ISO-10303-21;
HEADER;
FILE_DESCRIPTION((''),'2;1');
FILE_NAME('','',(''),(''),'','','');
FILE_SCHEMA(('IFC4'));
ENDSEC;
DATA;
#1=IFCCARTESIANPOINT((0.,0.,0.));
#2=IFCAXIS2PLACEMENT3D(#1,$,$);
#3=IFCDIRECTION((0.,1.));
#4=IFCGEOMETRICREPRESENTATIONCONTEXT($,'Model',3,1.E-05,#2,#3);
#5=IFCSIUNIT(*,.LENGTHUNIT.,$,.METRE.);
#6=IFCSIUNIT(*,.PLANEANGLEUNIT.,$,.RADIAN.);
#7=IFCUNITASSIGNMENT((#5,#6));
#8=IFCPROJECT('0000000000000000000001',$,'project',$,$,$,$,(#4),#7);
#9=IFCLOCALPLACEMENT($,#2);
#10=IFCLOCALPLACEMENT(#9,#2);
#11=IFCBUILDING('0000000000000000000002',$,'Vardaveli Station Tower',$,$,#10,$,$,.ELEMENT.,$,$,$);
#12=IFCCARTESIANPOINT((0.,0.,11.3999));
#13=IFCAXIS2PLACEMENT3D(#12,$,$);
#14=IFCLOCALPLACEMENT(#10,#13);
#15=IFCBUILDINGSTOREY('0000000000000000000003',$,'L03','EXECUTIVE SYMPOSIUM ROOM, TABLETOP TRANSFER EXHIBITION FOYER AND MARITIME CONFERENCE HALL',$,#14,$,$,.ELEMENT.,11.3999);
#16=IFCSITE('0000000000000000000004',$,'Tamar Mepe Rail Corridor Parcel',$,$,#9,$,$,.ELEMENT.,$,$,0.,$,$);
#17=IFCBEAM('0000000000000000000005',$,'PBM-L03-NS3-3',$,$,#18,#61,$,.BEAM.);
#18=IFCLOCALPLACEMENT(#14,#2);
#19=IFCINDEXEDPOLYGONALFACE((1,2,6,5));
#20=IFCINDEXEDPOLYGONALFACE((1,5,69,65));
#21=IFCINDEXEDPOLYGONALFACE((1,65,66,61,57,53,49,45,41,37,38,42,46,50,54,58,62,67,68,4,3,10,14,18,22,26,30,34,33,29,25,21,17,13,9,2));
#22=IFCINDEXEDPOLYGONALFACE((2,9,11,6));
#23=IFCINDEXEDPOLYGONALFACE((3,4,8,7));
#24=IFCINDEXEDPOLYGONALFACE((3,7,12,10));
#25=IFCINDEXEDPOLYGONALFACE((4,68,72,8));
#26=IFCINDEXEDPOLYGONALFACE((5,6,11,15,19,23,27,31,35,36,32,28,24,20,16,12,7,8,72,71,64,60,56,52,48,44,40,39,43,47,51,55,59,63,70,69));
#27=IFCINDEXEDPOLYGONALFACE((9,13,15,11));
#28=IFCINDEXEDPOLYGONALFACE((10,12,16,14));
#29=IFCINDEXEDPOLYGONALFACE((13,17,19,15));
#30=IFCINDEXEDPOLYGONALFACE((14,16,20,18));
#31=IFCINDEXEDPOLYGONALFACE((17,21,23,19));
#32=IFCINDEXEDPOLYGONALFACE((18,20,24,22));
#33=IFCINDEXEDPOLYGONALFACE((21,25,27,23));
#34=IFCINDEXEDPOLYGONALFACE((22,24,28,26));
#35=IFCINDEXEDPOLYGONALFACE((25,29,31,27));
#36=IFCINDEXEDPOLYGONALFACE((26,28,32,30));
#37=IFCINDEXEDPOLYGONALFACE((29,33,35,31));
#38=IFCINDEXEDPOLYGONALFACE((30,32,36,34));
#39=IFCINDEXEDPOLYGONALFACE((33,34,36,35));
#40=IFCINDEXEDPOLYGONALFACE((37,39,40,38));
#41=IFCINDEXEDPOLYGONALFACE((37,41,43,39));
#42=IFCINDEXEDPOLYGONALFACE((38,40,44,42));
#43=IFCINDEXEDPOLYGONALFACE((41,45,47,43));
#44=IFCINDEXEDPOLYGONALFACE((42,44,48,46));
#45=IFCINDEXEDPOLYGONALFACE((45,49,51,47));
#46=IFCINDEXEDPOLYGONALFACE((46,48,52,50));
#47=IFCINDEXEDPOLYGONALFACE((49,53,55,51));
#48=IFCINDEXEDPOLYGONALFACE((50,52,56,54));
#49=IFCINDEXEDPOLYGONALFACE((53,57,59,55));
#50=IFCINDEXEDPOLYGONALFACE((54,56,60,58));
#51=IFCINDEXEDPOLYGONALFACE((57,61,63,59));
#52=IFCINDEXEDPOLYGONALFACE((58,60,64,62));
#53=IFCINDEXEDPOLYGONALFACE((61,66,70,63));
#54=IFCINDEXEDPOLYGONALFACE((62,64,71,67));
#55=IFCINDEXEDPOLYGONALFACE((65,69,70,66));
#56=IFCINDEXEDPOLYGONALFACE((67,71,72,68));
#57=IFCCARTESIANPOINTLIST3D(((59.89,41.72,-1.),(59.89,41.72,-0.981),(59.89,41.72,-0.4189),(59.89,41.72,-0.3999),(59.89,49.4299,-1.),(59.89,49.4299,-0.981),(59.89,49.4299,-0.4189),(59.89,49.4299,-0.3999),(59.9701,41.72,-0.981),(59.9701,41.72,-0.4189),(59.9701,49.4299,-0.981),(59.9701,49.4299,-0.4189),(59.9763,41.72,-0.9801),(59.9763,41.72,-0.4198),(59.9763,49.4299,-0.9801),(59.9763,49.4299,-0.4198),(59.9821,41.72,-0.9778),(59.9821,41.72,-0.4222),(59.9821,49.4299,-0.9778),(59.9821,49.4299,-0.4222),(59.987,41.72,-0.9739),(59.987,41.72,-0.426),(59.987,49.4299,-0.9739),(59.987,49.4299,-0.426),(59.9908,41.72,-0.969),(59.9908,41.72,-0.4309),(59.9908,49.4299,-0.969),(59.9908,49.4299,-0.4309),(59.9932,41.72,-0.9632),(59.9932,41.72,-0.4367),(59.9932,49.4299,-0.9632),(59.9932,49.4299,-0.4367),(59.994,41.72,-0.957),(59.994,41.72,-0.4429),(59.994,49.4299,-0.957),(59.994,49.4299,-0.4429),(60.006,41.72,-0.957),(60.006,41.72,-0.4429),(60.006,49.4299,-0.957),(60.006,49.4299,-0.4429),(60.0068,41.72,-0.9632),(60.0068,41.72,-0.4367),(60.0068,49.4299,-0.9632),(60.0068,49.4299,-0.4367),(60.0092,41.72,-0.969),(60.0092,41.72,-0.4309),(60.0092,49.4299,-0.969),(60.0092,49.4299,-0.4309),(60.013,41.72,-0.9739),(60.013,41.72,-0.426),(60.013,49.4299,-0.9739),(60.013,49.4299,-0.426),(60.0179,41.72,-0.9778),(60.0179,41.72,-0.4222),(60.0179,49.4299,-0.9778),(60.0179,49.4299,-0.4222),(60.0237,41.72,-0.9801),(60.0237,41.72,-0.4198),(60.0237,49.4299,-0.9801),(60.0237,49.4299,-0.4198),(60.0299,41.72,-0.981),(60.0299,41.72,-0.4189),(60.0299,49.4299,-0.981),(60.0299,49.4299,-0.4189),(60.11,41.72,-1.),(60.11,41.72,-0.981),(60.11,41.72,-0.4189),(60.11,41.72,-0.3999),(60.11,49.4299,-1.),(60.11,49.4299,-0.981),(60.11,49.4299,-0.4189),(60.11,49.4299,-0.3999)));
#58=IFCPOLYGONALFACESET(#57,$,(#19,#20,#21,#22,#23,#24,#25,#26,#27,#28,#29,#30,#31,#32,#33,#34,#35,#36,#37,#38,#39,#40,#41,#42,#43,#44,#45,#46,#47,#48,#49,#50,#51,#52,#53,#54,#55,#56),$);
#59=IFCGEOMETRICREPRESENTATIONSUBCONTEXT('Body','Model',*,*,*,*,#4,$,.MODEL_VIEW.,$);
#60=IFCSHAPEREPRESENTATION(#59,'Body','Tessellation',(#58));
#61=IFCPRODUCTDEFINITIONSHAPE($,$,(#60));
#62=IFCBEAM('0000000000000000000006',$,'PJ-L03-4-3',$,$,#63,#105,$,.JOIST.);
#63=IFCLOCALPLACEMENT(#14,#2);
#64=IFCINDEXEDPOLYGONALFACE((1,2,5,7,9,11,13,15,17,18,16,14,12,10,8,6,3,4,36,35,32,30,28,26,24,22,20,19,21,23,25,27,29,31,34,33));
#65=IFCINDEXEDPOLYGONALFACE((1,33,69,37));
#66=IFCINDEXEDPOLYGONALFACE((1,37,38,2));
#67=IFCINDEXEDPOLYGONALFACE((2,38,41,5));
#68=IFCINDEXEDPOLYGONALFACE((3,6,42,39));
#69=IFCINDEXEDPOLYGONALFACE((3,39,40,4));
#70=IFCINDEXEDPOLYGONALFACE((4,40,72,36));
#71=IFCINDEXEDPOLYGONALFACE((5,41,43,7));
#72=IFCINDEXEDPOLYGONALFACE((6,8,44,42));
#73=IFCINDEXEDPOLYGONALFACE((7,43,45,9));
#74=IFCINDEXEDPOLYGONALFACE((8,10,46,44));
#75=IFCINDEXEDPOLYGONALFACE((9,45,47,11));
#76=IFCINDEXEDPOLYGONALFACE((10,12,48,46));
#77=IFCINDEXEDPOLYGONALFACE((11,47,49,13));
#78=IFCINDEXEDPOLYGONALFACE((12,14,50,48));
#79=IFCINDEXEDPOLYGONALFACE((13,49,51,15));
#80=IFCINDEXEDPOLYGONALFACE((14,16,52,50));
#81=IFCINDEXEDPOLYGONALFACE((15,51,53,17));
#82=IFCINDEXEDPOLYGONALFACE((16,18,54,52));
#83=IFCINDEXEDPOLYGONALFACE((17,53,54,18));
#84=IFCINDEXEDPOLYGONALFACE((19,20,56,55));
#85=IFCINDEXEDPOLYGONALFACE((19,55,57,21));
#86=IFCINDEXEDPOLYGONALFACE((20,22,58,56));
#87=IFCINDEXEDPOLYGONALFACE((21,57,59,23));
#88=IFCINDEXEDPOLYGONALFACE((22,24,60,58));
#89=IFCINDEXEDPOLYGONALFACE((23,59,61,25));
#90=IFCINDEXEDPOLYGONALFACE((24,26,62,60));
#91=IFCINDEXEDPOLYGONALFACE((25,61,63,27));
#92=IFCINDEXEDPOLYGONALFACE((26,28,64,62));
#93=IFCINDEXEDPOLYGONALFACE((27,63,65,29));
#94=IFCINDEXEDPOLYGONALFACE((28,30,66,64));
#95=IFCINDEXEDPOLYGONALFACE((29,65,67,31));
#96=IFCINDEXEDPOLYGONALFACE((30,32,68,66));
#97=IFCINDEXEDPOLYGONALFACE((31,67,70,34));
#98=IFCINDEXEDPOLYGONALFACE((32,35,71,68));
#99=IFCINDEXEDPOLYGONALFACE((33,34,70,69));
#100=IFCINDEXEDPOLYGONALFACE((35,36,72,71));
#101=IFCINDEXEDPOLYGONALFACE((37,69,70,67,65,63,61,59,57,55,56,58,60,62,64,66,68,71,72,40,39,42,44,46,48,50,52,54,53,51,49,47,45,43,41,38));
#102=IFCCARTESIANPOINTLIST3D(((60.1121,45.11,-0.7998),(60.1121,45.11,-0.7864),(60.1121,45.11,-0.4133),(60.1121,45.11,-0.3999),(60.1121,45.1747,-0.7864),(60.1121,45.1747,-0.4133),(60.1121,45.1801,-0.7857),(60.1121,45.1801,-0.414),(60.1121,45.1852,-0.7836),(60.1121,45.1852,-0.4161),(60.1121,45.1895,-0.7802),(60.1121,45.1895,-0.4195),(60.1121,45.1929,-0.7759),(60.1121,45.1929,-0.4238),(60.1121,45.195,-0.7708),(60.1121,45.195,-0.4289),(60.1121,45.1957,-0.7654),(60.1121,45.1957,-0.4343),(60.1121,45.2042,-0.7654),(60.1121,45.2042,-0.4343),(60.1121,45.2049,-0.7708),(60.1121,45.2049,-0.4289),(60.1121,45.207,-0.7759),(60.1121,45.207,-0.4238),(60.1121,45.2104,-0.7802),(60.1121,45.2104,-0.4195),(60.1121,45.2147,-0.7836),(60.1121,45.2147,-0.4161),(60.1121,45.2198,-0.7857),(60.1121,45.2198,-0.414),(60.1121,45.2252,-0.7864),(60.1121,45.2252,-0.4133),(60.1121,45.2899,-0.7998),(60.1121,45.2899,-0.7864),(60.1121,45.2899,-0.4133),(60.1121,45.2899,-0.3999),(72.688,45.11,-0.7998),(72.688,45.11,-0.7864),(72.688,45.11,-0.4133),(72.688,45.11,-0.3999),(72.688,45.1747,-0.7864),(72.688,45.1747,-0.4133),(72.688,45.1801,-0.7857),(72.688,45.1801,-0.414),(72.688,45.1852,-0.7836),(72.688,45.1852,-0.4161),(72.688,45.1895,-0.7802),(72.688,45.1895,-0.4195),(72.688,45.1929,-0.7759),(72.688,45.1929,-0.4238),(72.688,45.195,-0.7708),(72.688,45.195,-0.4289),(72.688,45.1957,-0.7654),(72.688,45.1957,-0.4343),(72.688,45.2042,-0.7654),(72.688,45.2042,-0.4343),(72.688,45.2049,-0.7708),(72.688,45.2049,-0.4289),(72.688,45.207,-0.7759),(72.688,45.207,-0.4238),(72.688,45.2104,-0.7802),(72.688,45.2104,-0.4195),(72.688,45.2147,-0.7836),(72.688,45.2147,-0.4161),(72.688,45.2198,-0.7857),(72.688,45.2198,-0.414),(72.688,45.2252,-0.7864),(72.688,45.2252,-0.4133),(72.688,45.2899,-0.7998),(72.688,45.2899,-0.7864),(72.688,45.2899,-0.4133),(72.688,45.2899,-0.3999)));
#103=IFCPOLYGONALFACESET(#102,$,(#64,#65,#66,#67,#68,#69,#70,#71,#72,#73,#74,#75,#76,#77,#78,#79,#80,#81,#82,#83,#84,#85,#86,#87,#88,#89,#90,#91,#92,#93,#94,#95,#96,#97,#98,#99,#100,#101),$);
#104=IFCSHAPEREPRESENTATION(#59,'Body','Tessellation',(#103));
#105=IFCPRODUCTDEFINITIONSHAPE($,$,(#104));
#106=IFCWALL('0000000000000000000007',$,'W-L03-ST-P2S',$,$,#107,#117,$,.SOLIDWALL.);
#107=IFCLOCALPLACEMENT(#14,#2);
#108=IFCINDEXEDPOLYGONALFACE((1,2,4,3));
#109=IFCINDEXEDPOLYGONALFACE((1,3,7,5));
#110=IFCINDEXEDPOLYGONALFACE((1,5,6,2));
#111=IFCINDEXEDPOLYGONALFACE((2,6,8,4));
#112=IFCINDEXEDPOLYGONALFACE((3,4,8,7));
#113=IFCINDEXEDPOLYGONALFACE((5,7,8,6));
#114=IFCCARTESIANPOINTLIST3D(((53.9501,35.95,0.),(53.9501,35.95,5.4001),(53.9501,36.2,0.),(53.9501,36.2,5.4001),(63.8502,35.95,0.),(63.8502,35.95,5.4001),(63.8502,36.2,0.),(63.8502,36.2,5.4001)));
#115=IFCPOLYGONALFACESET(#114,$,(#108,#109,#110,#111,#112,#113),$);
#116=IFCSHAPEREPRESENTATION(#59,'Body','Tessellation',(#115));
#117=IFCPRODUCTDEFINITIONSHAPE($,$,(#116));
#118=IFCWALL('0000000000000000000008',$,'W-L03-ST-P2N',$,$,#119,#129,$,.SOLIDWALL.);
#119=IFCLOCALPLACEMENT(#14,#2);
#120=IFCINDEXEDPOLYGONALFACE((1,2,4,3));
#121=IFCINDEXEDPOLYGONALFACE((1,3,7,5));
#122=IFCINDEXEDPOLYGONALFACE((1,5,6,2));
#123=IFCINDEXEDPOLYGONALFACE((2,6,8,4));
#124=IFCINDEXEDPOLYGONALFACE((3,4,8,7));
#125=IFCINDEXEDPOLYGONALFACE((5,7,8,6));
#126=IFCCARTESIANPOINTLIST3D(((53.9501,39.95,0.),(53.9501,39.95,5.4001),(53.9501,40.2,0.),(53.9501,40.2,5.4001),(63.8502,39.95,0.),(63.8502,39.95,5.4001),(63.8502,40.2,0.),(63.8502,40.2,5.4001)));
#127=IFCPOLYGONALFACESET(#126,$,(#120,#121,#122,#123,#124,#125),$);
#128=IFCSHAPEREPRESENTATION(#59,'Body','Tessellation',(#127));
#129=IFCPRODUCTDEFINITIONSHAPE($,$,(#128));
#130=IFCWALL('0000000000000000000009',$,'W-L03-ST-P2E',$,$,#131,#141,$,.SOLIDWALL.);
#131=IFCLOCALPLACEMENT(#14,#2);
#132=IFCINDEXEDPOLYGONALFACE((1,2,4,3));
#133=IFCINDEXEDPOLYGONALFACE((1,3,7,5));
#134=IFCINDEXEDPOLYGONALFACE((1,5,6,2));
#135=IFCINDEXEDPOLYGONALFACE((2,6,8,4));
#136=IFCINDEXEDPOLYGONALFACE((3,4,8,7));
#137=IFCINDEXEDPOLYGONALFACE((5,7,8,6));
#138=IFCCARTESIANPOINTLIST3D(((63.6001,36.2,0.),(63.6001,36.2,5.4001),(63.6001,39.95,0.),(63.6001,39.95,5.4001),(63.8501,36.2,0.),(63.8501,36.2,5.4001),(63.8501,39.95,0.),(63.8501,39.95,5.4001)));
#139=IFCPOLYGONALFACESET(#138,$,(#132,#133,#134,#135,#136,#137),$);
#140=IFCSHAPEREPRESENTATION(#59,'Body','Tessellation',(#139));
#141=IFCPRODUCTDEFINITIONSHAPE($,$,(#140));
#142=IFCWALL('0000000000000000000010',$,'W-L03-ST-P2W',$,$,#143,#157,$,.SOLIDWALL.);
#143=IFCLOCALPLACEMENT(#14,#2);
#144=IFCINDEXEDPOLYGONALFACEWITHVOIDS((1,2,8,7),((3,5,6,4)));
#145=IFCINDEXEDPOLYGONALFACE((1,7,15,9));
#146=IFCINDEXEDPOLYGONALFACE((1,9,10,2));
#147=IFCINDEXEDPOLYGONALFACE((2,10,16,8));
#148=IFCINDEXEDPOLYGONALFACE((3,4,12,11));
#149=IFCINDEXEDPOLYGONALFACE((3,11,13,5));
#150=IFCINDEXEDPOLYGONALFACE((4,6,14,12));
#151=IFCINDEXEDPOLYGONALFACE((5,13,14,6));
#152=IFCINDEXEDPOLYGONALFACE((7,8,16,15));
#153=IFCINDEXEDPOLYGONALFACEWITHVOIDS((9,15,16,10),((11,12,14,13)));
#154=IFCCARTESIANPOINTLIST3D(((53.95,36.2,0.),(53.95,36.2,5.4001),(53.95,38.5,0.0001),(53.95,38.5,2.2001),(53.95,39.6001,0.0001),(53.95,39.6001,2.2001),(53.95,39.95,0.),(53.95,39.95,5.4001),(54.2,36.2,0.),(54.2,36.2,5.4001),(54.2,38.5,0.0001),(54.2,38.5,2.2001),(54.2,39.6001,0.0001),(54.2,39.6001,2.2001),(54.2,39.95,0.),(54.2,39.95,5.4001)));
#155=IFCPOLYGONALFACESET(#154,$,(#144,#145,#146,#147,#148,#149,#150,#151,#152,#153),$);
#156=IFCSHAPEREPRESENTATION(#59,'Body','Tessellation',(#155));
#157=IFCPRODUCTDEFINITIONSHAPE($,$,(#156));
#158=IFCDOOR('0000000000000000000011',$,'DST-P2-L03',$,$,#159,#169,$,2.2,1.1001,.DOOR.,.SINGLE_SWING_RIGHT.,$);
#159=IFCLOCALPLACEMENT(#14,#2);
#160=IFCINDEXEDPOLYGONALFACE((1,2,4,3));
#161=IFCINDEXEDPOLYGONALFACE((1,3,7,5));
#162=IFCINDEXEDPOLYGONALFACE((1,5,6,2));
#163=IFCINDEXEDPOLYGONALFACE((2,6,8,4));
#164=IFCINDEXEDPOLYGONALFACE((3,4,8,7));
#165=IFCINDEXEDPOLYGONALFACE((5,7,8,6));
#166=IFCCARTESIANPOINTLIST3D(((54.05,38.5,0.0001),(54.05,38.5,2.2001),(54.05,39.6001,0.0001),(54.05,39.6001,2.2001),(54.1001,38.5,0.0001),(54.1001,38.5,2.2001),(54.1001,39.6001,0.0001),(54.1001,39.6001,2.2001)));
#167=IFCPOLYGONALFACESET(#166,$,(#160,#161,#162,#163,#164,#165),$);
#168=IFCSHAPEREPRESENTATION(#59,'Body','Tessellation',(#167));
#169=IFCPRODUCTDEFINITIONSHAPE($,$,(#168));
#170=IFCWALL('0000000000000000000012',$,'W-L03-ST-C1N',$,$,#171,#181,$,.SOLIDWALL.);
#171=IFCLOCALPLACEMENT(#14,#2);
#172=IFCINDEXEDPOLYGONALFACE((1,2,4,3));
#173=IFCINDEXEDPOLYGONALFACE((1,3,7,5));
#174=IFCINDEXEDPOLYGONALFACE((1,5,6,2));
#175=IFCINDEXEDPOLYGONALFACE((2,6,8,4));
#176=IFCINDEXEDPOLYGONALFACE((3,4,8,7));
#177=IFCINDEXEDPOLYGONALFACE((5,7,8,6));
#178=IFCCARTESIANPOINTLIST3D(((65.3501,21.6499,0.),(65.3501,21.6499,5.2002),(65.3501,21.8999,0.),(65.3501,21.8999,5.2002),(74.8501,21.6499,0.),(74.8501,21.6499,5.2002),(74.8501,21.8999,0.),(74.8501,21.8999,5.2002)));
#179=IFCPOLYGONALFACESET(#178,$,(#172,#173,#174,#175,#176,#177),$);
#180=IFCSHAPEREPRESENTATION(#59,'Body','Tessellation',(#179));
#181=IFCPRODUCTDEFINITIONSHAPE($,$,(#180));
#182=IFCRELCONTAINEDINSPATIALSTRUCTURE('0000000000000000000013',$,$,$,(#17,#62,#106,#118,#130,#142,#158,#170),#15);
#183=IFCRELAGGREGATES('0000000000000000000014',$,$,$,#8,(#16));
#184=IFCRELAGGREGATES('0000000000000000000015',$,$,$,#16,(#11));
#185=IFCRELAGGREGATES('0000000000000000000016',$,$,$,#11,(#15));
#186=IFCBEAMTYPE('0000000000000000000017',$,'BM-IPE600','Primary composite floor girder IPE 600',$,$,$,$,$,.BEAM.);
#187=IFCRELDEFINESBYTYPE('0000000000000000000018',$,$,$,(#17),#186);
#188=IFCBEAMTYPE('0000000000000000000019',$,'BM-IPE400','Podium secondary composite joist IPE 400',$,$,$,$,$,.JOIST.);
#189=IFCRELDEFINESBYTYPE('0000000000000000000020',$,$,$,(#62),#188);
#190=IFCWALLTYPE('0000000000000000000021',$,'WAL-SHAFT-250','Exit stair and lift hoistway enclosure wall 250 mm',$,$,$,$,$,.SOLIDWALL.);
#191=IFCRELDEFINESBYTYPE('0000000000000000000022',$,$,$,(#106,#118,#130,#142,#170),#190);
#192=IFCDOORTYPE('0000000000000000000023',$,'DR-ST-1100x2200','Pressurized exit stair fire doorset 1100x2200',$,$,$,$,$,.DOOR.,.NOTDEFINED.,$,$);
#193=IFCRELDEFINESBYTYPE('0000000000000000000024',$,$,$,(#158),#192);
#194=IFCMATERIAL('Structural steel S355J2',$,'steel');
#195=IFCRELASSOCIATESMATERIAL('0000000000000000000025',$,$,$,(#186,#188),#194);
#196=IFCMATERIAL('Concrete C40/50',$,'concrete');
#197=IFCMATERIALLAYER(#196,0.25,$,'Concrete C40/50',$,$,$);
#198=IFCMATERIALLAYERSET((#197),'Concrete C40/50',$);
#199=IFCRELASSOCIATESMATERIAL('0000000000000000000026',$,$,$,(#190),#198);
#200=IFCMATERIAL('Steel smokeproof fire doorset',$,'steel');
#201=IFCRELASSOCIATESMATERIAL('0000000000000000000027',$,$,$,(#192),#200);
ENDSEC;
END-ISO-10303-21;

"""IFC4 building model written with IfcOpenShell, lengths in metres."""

from ifc_helpers import new_model, si_unit, direction, frame, frame_2d, origin, origin_2d, place, context, subcontext, project, spatial, rectangle, i_section, extrude, source, transform, mapped, material, layer, layer_set, material_profile, profile_set, type_object, element, fill, save


model = new_model("IFC4")

# Units and contexts
model_context = context("Model", 3, precision=1e-05, world=origin(), true_north=direction((0.0, 1.0)))
body_context = subcontext(model_context, "Body", "Model", "MODEL_VIEW")
ifc_project = project(units=[si_unit("LENGTHUNIT", "METRE"), si_unit("PLANEANGLEUNIT", "RADIAN")], contexts=[model_context])

# Site, building, storey
site_placement = place(None, origin())
site = spatial("IfcSite", under=ifc_project, at=site_placement, Name="Tamar Mepe Rail Corridor Parcel", CompositionType="ELEMENT", RefElevation=0.0)
building_placement = place(site_placement, origin())
building = spatial("IfcBuilding", under=site, at=building_placement, Name="Vardaveli Station Tower", CompositionType="ELEMENT")
storey_placement = place(building_placement, frame((0.0, 0.0, 11.3999)))
storey = spatial("IfcBuildingStorey", under=building, at=storey_placement, Name="L03", Description="EXECUTIVE SYMPOSIUM ROOM, TABLETOP TRANSFER EXHIBITION FOYER AND MARITIME CONFERENCE HALL", CompositionType="ELEMENT", Elevation=11.3999)

# Beams
ifc_material_1 = material(Name="Structural steel S355J2", Category="steel")
ifc_material_profile_1 = material_profile(ifc_material_1, i_section(OverallWidth=0.22, OverallDepth=0.6001, WebThickness=0.012, FlangeThickness=0.019, FilletRadius=0.0239, at=origin_2d()), Name="IPE 600")
ifc_profile_set_1 = profile_set([ifc_material_profile_1], Name="Structural steel S355J2")
beam_type_1 = type_object("IfcBeamType", Name="BM-IPE600", Description="Primary composite floor girder IPE 600", PredefinedType="BEAM", material=ifc_profile_set_1)
shared_shape_1 = source(origin(), body_context, "Body", "SweptSolid", [
    extrude(i_section(OverallWidth=0.22, OverallDepth=0.6001, WebThickness=0.012, FlangeThickness=0.019, FilletRadius=0.0239, at=origin_2d()), origin(), (0.0, 0.0, 1.0), 7.71),
])
beam_1_placement = place(storey_placement, frame((60.0, 41.72, -0.7), z_axis=(0.0, 1.0, 0.0), x_axis=(-1.0, 0.0, 0.0)))
element("IfcBeam", 1, at=beam_1_placement, inside=storey, type_object=beam_type_1, Name="PBM-L03-NS3-3", PredefinedType="BEAM", context=body_context, shape_type="MappedRepresentation", body=[
    mapped(shared_shape_1, transform((0.0, 0.0, 0.0), scale=1.0)),
])
ifc_material_profile_2 = material_profile(ifc_material_1, i_section(OverallWidth=0.1799, OverallDepth=0.3999, WebThickness=0.0085, FlangeThickness=0.0134, FilletRadius=0.021, at=origin_2d()), Name="IPE 400")
ifc_profile_set_2 = profile_set([ifc_material_profile_2], Name="Structural steel S355J2")
beam_type_2 = type_object("IfcBeamType", Name="BM-IPE400", Description="Podium secondary composite joist IPE 400", PredefinedType="JOIST", material=ifc_profile_set_2)
shared_shape_2 = source(origin(), body_context, "Body", "SweptSolid", [
    extrude(i_section(OverallWidth=0.1799, OverallDepth=0.3999, WebThickness=0.0085, FlangeThickness=0.0134, FilletRadius=0.021, at=origin_2d()), origin(), (0.0, 0.0, 1.0), 12.5759),
])
beam_2_placement = place(storey_placement, frame((60.1121, 45.2, -0.5999), z_axis=(1.0, 0.0, 0.0), x_axis=(0.0, 1.0, 0.0)))
element("IfcBeam", 2, at=beam_2_placement, inside=storey, type_object=beam_type_2, Name="PJ-L03-4-3", PredefinedType="JOIST", context=body_context, shape_type="MappedRepresentation", body=[
    mapped(shared_shape_2, transform((0.0, 0.0, 0.0), scale=1.0)),
])

# Walls
ifc_material_2 = material(Name="Concrete C40/50", Category="concrete")
ifc_layer_1 = layer(ifc_material_2, 0.25, Name="Concrete C40/50")
ifc_layer_set_1 = layer_set([ifc_layer_1], Name="Concrete C40/50")
wall_type_1 = type_object("IfcWallType", Name="WAL-SHAFT-250", Description="Exit stair and lift hoistway enclosure wall 250 mm", PredefinedType="SOLIDWALL", material=ifc_layer_set_1)
shared_shape_3 = source(origin(), body_context, "Body", "SweptSolid", [
    extrude(rectangle(XDim=9.9001, YDim=0.25, at=frame_2d((4.9502, 0.0))), origin(), (0.0, 0.0, 1.0), 5.4001),
])
for number, where, z_axis, x_axis, name in (
    (3, (53.95, 36.075, 0.0), (0.0, 0.0, 1.0), (1.0, 0.0, 0.0), "W-L03-ST-P2S"),
    (4, (53.95, 40.075, 0.0), (0.0, 0.0, 1.0), (1.0, 0.0, 0.0), "W-L03-ST-P2N"),
):
    element("IfcWall", number, at=place(storey_placement, frame(where, z_axis=z_axis, x_axis=x_axis)), inside=storey, type_object=wall_type_1, Name=name, PredefinedType="SOLIDWALL", context=body_context, shape_type="MappedRepresentation", body=[
        mapped(shared_shape_3, transform((0.0, 0.0, 0.0), scale=1.0)),
    ])
shared_shape_4 = source(origin(), body_context, "Body", "SweptSolid", [
    extrude(rectangle(XDim=3.75, YDim=0.25, at=frame_2d((1.875, 0.0))), origin(), (0.0, 0.0, 1.0), 5.4001),
])
wall_1_placement = place(storey_placement, frame((63.7251, 36.2, 0.0), z_axis=(0.0, 0.0, 1.0), x_axis=(0.0, 1.0, 0.0)))
element("IfcWall", 5, at=wall_1_placement, inside=storey, type_object=wall_type_1, Name="W-L03-ST-P2E", PredefinedType="SOLIDWALL", context=body_context, shape_type="MappedRepresentation", body=[
    mapped(shared_shape_4, transform((0.0, 0.0, 0.0), scale=1.0)),
])

# Wall, opening, door
wall_2_placement = place(storey_placement, frame((54.075, 36.2, 0.0), z_axis=(0.0, 0.0, 1.0), x_axis=(0.0, 1.0, 0.0)))
wall_2 = element("IfcWall", 6, at=wall_2_placement, inside=storey, type_object=wall_type_1, Name="W-L03-ST-P2W", PredefinedType="SOLIDWALL", context=body_context, shape_type="MappedRepresentation", body=[
    mapped(shared_shape_4, transform((0.0, 0.0, 0.0), scale=1.0)),
])
shared_shape_5 = source(origin(), body_context, "Body", "SweptSolid", [
    extrude(rectangle(XDim=1.1001, YDim=2.2, at=frame_2d((0.55, 1.1001))), frame((0.0, 0.135, 0.0), z_axis=(0.0, -1.0, 0.0), x_axis=(1.0, 0.0, 0.0)), (0.0, 0.0, 1.0), 0.27),
])
opening_1_placement = place(wall_2_placement, frame((2.3, 0.0, 0.0)))
opening_1 = element("IfcOpeningElement", 7, at=opening_1_placement, cuts=wall_2, PredefinedType="OPENING", context=body_context, shape_type="MappedRepresentation", body=[
    mapped(shared_shape_5, transform((0.0, 0.0, 0.0), scale=1.0)),
])
ifc_material_3 = material(Name="Steel smokeproof fire doorset", Category="steel")
door_type_1 = type_object("IfcDoorType", Name="DR-ST-1100x2200", Description="Pressurized exit stair fire doorset 1100x2200", OperationType="NOTDEFINED", PredefinedType="DOOR", material=ifc_material_3)
shared_shape_6 = source(origin(), body_context, "Body", "SweptSolid", [
    extrude(rectangle(XDim=1.1001, YDim=2.2, at=frame_2d((0.55, 1.1001))), frame((0.0, 0.0249, 0.0), z_axis=(0.0, -1.0, 0.0), x_axis=(1.0, 0.0, 0.0)), (0.0, 0.0, 1.0), 0.05),
])
door_1_placement = place(opening_1_placement, origin())
door_1 = element("IfcDoor", 8, at=door_1_placement, inside=storey, type_object=door_type_1, Name="DST-P2-L03", OperationType="SINGLE_SWING_RIGHT", OverallHeight=2.2, OverallWidth=1.1001, PredefinedType="DOOR", context=body_context, shape_type="MappedRepresentation", body=[
    mapped(shared_shape_6, transform((0.0, 0.0, 0.0), scale=1.0)),
])
fill(opening_1, door_1)

# Wall
shared_shape_7 = source(origin(), body_context, "Body", "SweptSolid", [
    extrude(rectangle(XDim=9.5, YDim=0.25, at=frame_2d((4.75, 0.0))), origin(), (0.0, 0.0, 1.0), 5.2002),
])
wall_3_placement = place(storey_placement, frame((65.3501, 21.7749, 0.0), z_axis=(0.0, 0.0, 1.0), x_axis=(1.0, 0.0, 0.0)))
element("IfcWall", 9, at=wall_3_placement, inside=storey, type_object=wall_type_1, Name="W-L03-ST-C1N", PredefinedType="SOLIDWALL", context=body_context, shape_type="MappedRepresentation", body=[
    mapped(shared_shape_7, transform((0.0, 0.0, 0.0), scale=1.0)),
])

save(model, "model.ifc")
